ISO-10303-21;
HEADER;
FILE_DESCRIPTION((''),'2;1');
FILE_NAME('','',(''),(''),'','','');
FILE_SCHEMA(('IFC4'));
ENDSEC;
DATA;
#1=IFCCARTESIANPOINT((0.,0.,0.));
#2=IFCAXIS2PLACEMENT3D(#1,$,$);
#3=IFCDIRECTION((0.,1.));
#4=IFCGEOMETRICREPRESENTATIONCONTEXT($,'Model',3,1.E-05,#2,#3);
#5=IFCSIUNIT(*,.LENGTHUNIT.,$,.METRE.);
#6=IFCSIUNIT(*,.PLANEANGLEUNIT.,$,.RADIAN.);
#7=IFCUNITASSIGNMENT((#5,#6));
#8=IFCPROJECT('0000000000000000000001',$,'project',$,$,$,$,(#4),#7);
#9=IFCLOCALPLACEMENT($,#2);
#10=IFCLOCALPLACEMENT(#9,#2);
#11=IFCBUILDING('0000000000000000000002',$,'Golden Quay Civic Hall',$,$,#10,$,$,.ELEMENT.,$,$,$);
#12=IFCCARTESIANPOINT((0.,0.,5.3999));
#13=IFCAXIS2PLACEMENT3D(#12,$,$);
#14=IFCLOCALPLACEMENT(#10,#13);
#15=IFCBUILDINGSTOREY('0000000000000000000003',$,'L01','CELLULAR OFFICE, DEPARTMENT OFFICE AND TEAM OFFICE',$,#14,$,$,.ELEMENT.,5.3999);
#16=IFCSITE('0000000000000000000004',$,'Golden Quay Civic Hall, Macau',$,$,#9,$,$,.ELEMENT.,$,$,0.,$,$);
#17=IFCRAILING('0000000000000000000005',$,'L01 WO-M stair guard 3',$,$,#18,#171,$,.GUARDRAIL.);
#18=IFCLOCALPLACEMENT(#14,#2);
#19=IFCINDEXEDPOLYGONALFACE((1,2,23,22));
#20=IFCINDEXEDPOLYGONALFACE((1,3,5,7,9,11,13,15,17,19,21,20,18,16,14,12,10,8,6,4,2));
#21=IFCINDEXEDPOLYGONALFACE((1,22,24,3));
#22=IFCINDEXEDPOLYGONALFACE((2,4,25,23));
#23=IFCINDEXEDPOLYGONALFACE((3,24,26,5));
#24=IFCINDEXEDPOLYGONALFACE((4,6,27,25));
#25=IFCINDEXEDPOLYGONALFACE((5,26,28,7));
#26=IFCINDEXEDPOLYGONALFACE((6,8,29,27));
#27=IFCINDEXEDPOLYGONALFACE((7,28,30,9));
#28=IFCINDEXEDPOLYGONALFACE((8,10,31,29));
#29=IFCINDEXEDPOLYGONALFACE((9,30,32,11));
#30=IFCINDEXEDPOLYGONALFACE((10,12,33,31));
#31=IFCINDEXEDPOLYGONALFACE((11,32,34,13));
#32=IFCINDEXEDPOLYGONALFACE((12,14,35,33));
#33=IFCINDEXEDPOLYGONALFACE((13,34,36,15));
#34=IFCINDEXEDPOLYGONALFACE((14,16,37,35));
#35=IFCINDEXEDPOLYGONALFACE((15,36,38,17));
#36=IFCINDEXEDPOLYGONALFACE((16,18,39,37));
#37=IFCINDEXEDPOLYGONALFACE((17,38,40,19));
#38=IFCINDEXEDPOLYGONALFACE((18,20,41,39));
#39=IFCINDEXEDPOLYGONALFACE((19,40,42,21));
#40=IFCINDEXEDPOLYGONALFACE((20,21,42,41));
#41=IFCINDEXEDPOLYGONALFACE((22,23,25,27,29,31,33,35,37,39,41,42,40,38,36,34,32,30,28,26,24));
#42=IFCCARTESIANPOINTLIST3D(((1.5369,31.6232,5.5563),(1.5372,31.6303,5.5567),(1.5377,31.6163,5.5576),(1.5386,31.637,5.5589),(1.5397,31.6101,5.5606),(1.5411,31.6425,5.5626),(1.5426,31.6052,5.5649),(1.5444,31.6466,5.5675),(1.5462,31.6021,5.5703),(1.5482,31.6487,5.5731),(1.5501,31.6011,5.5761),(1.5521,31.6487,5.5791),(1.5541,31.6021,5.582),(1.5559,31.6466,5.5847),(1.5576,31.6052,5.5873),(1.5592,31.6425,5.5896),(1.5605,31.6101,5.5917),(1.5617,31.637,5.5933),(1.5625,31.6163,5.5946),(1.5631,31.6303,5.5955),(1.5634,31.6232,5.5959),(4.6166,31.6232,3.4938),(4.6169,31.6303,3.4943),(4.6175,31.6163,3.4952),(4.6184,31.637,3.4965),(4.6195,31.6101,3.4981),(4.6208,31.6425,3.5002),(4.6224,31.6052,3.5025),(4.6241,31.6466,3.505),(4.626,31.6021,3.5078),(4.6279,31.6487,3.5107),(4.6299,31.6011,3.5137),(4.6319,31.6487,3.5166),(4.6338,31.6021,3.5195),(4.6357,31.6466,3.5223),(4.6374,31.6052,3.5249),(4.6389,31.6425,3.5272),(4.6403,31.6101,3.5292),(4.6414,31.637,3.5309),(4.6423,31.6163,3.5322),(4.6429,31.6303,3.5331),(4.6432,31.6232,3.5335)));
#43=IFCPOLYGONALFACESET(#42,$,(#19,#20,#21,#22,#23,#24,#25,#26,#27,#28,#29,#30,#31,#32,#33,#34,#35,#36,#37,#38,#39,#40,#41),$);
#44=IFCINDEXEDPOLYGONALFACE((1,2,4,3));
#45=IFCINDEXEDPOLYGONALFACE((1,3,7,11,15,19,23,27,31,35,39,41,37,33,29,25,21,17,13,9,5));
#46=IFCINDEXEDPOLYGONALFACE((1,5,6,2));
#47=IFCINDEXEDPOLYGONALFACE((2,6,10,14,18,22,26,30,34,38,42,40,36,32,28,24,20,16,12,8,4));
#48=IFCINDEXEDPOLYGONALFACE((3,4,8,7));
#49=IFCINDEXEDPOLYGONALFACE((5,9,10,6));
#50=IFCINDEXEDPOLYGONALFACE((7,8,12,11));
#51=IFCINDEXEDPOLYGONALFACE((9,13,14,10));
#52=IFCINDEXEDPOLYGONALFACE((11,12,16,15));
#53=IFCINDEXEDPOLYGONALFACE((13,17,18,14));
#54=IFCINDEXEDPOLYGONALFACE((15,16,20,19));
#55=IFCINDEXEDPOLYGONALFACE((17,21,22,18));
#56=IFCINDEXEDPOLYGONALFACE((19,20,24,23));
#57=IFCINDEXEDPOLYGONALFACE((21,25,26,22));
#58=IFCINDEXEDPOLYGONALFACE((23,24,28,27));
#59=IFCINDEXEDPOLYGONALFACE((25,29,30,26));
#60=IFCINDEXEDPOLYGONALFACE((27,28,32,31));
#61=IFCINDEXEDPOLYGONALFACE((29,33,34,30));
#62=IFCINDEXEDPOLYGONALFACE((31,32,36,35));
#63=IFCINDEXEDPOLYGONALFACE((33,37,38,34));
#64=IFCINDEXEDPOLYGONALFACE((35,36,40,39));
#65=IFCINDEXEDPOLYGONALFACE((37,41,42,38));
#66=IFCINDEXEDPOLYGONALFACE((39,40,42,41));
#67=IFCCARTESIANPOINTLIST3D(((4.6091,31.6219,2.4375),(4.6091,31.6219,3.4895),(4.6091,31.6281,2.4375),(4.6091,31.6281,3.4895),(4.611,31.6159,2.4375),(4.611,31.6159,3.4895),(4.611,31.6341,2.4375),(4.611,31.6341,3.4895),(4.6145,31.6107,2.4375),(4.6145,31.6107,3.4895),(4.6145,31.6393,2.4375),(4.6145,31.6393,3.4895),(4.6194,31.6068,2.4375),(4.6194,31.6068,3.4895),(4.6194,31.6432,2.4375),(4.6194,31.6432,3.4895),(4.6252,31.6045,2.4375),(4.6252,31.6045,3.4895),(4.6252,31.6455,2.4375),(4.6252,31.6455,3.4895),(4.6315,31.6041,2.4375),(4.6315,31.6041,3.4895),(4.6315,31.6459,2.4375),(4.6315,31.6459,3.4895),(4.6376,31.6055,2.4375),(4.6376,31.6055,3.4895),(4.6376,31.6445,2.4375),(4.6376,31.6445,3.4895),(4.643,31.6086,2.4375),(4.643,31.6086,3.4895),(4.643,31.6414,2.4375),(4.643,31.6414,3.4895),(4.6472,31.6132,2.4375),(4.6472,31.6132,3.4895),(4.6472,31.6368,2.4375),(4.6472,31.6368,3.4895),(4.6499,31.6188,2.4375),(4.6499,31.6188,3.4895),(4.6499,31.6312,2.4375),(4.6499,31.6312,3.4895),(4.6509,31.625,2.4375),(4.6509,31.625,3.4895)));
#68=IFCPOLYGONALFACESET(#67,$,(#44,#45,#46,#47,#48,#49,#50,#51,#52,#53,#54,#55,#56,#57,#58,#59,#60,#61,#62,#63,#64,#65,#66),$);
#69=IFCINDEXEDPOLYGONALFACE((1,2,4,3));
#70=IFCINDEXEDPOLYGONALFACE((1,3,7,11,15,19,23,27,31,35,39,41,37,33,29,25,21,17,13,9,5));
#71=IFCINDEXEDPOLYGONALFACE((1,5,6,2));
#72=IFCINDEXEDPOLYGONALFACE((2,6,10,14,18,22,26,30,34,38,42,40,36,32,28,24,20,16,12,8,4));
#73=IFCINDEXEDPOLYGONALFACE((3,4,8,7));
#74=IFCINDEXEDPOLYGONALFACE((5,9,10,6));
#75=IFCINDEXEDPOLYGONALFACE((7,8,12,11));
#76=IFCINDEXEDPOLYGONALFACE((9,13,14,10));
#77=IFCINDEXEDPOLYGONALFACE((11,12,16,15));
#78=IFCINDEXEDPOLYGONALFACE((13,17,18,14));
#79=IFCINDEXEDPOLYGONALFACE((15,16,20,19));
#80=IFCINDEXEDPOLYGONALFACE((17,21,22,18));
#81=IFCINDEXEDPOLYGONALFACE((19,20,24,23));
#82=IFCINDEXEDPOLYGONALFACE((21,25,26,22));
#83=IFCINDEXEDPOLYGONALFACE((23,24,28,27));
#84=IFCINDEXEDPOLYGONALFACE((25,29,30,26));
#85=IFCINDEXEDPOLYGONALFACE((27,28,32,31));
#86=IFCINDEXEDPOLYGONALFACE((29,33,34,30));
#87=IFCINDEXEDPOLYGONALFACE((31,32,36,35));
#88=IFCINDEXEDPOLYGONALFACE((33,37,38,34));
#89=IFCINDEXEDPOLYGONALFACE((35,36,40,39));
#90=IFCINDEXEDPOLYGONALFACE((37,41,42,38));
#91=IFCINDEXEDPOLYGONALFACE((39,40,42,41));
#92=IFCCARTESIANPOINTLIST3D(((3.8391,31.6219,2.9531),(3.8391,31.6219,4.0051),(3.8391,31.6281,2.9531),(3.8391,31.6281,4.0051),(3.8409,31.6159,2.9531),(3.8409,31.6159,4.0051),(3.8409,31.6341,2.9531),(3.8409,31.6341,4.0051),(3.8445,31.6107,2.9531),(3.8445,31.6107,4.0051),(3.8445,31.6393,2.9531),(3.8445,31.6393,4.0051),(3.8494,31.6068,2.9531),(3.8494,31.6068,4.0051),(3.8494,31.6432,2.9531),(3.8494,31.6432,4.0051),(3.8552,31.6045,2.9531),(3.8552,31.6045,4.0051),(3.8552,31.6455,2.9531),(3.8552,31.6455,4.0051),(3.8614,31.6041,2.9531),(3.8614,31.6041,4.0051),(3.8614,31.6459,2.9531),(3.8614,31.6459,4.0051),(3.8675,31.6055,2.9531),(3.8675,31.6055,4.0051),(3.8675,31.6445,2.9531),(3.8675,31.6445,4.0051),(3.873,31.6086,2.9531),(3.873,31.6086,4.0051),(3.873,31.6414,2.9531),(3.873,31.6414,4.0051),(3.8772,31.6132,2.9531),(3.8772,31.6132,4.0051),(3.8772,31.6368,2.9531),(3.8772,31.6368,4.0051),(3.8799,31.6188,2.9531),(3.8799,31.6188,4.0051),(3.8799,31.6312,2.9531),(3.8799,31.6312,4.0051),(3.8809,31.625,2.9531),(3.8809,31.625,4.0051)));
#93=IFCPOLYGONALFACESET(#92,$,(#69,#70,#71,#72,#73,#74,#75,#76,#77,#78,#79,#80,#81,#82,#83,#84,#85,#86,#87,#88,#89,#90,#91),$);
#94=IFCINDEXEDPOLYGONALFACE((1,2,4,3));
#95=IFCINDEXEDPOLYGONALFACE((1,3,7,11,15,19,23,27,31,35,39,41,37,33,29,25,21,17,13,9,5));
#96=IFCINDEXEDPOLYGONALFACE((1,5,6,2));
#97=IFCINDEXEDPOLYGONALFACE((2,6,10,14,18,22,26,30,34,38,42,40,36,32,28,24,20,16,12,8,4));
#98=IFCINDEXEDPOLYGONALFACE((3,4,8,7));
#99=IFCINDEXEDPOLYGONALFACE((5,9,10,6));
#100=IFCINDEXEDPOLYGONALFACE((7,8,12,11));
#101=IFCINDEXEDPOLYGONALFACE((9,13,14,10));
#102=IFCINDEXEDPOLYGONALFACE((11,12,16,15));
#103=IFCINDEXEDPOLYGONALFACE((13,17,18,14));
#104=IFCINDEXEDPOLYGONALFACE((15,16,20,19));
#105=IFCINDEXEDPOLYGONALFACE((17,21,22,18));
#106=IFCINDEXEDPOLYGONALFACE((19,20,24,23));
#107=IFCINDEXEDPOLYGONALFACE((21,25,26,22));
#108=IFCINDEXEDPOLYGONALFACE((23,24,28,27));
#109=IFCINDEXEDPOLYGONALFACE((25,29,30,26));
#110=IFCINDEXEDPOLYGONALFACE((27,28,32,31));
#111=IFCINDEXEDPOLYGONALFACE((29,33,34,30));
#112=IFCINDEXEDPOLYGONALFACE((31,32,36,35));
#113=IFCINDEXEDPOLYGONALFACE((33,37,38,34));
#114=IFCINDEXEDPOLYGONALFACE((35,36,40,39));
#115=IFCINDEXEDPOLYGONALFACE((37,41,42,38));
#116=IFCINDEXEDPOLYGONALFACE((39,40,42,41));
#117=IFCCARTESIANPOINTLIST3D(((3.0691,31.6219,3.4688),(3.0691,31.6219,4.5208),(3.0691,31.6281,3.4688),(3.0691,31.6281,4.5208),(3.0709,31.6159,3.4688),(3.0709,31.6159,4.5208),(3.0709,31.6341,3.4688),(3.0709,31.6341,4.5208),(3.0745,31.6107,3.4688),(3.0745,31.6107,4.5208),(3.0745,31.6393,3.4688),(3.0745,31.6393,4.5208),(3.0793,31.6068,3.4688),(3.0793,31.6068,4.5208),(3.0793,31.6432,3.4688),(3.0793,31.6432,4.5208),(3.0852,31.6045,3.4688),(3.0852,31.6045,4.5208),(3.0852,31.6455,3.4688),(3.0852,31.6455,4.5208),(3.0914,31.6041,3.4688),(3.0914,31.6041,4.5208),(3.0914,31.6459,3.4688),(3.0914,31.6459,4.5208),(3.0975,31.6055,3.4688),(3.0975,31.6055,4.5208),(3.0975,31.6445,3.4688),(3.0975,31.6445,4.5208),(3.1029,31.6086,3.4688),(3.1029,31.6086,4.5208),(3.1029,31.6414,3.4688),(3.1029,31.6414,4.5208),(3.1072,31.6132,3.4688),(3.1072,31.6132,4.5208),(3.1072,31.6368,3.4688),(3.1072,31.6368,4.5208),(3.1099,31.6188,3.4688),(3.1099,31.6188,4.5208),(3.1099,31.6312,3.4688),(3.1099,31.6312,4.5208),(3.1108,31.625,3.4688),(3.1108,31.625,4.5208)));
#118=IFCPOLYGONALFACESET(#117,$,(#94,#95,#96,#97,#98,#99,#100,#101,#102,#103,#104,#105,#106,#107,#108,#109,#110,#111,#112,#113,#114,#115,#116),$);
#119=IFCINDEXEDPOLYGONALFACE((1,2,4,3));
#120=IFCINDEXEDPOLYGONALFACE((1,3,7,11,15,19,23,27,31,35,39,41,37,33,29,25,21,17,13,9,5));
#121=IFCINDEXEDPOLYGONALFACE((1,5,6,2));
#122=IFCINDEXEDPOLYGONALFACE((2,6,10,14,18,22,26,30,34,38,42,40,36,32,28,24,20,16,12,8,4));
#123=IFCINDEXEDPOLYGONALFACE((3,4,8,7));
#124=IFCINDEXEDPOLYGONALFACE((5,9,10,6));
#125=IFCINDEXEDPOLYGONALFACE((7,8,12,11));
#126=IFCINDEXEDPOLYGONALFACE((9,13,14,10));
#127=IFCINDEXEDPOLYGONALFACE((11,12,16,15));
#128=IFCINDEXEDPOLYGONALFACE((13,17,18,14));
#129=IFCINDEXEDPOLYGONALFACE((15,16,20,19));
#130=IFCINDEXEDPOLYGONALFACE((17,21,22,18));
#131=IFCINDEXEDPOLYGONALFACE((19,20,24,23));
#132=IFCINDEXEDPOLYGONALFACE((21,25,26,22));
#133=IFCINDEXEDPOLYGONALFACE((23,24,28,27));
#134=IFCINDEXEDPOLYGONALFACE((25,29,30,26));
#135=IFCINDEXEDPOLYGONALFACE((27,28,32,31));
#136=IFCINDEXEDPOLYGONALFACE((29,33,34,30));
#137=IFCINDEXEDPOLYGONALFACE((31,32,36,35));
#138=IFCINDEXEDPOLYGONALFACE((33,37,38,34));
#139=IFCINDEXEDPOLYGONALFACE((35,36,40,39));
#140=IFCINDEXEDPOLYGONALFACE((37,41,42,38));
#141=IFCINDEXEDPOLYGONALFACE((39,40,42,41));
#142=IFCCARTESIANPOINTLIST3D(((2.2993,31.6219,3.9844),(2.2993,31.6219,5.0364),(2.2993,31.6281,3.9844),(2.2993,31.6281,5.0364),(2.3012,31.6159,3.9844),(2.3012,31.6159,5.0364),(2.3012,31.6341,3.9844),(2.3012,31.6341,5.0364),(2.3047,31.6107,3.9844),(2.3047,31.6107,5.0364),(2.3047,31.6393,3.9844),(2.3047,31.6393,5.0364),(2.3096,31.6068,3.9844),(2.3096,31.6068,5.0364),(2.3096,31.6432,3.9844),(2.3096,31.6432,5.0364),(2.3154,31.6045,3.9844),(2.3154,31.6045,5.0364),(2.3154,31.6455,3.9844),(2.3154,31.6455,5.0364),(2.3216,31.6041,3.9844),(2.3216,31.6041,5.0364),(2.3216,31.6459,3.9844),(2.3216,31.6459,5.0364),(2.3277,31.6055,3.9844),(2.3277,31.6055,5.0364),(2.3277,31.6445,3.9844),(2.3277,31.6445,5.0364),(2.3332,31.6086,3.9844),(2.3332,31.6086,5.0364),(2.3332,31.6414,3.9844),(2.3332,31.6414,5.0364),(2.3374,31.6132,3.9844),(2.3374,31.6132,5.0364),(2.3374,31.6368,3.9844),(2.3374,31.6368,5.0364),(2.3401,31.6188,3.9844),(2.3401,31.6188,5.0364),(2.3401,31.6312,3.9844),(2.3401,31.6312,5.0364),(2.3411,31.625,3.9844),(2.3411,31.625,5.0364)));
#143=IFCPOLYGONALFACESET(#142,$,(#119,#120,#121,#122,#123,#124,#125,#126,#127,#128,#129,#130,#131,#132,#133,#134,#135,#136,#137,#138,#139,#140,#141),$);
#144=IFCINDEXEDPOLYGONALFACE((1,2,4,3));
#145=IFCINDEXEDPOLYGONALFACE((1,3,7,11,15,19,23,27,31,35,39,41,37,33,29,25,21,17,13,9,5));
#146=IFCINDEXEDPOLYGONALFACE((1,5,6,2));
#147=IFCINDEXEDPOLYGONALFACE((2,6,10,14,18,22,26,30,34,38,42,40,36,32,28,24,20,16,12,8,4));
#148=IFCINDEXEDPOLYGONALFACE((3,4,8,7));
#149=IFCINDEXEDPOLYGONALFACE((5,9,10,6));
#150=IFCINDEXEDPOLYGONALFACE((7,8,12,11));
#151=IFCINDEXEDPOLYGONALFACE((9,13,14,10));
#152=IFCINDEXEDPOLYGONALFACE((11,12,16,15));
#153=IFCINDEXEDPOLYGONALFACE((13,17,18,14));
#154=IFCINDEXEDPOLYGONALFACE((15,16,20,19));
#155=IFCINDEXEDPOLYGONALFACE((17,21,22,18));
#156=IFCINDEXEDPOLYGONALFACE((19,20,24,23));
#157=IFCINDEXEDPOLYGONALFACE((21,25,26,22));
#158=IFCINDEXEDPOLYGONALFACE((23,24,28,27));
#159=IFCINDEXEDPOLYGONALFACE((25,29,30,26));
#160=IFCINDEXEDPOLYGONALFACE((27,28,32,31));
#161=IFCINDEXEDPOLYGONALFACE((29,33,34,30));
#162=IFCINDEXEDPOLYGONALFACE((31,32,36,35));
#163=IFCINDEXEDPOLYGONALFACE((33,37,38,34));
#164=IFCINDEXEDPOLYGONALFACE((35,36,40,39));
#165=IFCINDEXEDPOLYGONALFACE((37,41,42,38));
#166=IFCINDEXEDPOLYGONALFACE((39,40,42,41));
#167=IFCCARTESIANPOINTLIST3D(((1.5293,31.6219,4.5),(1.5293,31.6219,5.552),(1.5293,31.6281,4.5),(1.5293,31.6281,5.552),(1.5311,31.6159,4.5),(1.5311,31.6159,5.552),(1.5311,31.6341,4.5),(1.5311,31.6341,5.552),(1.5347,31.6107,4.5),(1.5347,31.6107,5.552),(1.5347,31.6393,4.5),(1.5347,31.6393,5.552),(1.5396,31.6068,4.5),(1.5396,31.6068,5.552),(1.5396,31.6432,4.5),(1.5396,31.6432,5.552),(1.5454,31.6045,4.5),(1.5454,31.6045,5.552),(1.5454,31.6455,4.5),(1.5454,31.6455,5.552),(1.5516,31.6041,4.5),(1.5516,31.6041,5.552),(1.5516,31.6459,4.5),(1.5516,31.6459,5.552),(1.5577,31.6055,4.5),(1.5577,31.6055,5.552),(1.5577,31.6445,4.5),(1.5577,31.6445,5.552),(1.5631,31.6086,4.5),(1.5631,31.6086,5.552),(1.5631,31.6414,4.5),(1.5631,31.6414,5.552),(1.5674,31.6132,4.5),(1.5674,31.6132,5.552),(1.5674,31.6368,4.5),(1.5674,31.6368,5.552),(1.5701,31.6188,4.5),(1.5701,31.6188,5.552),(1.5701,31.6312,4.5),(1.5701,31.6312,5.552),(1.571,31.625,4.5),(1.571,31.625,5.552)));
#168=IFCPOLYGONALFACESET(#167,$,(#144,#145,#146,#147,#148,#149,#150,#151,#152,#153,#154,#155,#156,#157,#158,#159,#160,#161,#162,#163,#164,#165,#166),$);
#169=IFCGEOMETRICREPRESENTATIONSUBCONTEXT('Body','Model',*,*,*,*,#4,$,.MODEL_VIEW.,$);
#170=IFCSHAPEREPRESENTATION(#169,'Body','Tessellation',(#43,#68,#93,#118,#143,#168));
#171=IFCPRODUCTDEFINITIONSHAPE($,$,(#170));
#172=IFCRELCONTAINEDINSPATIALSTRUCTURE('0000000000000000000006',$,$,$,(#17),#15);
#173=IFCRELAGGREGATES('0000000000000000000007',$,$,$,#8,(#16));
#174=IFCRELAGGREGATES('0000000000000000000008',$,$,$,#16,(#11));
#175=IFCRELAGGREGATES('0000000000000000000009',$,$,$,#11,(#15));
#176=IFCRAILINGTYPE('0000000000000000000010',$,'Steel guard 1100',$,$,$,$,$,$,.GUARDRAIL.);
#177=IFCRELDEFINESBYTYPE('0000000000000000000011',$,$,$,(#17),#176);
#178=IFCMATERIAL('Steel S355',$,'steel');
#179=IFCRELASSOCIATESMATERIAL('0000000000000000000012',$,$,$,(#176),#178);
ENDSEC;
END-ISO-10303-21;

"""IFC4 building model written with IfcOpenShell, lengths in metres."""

from ifc_helpers import new_model, si_unit, direction, frame, origin, origin_2d, place, context, subcontext, project, spatial, circle, extrude, material, type_object, element, save


model = new_model("IFC4")

# Units and contexts
model_context = context("Model", 3, precision=1e-05, world=origin(), true_north=direction((0.0, 1.0)))
body_context = subcontext(model_context, "Body", "Model", "MODEL_VIEW")
ifc_project = project(units=[si_unit("LENGTHUNIT", "METRE"), si_unit("PLANEANGLEUNIT", "RADIAN")], contexts=[model_context])

# Site, building, storey
site_placement = place(None, origin())
site = spatial("IfcSite", under=ifc_project, at=site_placement, Name="Golden Quay Civic Hall, Macau", CompositionType="ELEMENT", RefElevation=0.0)
building_placement = place(site_placement, origin())
building = spatial("IfcBuilding", under=site, at=building_placement, Name="Golden Quay Civic Hall", CompositionType="ELEMENT")
storey_placement = place(building_placement, frame((0.0, 0.0, 5.3999)))
storey = spatial("IfcBuildingStorey", under=building, at=storey_placement, Name="L01", Description="CELLULAR OFFICE, DEPARTMENT OFFICE AND TEAM OFFICE", CompositionType="ELEMENT", Elevation=5.3999)

# Railing
ifc_material_1 = material(Name="Steel S355", Category="steel")
railing_type_1 = type_object("IfcRailingType", Name="Steel guard 1100", PredefinedType="GUARDRAIL", material=ifc_material_1)
railing_1_placement = place(storey_placement, frame((4.6299, 31.625, 2.4375)))
element("IfcRailing", 1, at=railing_1_placement, inside=storey, type_object=railing_type_1, Name="L01 WO-M stair guard 3", PredefinedType="GUARDRAIL", context=body_context, shape_type="SweptSolid", body=[
    extrude(circle(Radius=0.0239, at=origin_2d()), frame((0.0, 0.0, 1.0762), z_axis=(-0.830893, 0.0, 0.556432), x_axis=(0.0, -1.0, 0.0)), (0.0, 0.0, 1.0), 3.7065),
    extrude(circle(Radius=0.021, at=origin_2d()), origin(), (0.0, 0.0, 1.0), 1.052),
    extrude(circle(Radius=0.021, at=origin_2d()), frame((-0.77, 0.0, 0.5156)), (0.0, 0.0, 1.0), 1.052),
    extrude(circle(Radius=0.021, at=origin_2d()), frame((-1.54, 0.0, 1.0312)), (0.0, 0.0, 1.0), 1.052),
    extrude(circle(Radius=0.021, at=origin_2d()), frame((-2.3098, 0.0, 1.5469)), (0.0, 0.0, 1.0), 1.052),
    extrude(circle(Radius=0.021, at=origin_2d()), frame((-3.0798, 0.0, 2.0625)), (0.0, 0.0, 1.0), 1.052),
])

save(model, "model.ifc")
